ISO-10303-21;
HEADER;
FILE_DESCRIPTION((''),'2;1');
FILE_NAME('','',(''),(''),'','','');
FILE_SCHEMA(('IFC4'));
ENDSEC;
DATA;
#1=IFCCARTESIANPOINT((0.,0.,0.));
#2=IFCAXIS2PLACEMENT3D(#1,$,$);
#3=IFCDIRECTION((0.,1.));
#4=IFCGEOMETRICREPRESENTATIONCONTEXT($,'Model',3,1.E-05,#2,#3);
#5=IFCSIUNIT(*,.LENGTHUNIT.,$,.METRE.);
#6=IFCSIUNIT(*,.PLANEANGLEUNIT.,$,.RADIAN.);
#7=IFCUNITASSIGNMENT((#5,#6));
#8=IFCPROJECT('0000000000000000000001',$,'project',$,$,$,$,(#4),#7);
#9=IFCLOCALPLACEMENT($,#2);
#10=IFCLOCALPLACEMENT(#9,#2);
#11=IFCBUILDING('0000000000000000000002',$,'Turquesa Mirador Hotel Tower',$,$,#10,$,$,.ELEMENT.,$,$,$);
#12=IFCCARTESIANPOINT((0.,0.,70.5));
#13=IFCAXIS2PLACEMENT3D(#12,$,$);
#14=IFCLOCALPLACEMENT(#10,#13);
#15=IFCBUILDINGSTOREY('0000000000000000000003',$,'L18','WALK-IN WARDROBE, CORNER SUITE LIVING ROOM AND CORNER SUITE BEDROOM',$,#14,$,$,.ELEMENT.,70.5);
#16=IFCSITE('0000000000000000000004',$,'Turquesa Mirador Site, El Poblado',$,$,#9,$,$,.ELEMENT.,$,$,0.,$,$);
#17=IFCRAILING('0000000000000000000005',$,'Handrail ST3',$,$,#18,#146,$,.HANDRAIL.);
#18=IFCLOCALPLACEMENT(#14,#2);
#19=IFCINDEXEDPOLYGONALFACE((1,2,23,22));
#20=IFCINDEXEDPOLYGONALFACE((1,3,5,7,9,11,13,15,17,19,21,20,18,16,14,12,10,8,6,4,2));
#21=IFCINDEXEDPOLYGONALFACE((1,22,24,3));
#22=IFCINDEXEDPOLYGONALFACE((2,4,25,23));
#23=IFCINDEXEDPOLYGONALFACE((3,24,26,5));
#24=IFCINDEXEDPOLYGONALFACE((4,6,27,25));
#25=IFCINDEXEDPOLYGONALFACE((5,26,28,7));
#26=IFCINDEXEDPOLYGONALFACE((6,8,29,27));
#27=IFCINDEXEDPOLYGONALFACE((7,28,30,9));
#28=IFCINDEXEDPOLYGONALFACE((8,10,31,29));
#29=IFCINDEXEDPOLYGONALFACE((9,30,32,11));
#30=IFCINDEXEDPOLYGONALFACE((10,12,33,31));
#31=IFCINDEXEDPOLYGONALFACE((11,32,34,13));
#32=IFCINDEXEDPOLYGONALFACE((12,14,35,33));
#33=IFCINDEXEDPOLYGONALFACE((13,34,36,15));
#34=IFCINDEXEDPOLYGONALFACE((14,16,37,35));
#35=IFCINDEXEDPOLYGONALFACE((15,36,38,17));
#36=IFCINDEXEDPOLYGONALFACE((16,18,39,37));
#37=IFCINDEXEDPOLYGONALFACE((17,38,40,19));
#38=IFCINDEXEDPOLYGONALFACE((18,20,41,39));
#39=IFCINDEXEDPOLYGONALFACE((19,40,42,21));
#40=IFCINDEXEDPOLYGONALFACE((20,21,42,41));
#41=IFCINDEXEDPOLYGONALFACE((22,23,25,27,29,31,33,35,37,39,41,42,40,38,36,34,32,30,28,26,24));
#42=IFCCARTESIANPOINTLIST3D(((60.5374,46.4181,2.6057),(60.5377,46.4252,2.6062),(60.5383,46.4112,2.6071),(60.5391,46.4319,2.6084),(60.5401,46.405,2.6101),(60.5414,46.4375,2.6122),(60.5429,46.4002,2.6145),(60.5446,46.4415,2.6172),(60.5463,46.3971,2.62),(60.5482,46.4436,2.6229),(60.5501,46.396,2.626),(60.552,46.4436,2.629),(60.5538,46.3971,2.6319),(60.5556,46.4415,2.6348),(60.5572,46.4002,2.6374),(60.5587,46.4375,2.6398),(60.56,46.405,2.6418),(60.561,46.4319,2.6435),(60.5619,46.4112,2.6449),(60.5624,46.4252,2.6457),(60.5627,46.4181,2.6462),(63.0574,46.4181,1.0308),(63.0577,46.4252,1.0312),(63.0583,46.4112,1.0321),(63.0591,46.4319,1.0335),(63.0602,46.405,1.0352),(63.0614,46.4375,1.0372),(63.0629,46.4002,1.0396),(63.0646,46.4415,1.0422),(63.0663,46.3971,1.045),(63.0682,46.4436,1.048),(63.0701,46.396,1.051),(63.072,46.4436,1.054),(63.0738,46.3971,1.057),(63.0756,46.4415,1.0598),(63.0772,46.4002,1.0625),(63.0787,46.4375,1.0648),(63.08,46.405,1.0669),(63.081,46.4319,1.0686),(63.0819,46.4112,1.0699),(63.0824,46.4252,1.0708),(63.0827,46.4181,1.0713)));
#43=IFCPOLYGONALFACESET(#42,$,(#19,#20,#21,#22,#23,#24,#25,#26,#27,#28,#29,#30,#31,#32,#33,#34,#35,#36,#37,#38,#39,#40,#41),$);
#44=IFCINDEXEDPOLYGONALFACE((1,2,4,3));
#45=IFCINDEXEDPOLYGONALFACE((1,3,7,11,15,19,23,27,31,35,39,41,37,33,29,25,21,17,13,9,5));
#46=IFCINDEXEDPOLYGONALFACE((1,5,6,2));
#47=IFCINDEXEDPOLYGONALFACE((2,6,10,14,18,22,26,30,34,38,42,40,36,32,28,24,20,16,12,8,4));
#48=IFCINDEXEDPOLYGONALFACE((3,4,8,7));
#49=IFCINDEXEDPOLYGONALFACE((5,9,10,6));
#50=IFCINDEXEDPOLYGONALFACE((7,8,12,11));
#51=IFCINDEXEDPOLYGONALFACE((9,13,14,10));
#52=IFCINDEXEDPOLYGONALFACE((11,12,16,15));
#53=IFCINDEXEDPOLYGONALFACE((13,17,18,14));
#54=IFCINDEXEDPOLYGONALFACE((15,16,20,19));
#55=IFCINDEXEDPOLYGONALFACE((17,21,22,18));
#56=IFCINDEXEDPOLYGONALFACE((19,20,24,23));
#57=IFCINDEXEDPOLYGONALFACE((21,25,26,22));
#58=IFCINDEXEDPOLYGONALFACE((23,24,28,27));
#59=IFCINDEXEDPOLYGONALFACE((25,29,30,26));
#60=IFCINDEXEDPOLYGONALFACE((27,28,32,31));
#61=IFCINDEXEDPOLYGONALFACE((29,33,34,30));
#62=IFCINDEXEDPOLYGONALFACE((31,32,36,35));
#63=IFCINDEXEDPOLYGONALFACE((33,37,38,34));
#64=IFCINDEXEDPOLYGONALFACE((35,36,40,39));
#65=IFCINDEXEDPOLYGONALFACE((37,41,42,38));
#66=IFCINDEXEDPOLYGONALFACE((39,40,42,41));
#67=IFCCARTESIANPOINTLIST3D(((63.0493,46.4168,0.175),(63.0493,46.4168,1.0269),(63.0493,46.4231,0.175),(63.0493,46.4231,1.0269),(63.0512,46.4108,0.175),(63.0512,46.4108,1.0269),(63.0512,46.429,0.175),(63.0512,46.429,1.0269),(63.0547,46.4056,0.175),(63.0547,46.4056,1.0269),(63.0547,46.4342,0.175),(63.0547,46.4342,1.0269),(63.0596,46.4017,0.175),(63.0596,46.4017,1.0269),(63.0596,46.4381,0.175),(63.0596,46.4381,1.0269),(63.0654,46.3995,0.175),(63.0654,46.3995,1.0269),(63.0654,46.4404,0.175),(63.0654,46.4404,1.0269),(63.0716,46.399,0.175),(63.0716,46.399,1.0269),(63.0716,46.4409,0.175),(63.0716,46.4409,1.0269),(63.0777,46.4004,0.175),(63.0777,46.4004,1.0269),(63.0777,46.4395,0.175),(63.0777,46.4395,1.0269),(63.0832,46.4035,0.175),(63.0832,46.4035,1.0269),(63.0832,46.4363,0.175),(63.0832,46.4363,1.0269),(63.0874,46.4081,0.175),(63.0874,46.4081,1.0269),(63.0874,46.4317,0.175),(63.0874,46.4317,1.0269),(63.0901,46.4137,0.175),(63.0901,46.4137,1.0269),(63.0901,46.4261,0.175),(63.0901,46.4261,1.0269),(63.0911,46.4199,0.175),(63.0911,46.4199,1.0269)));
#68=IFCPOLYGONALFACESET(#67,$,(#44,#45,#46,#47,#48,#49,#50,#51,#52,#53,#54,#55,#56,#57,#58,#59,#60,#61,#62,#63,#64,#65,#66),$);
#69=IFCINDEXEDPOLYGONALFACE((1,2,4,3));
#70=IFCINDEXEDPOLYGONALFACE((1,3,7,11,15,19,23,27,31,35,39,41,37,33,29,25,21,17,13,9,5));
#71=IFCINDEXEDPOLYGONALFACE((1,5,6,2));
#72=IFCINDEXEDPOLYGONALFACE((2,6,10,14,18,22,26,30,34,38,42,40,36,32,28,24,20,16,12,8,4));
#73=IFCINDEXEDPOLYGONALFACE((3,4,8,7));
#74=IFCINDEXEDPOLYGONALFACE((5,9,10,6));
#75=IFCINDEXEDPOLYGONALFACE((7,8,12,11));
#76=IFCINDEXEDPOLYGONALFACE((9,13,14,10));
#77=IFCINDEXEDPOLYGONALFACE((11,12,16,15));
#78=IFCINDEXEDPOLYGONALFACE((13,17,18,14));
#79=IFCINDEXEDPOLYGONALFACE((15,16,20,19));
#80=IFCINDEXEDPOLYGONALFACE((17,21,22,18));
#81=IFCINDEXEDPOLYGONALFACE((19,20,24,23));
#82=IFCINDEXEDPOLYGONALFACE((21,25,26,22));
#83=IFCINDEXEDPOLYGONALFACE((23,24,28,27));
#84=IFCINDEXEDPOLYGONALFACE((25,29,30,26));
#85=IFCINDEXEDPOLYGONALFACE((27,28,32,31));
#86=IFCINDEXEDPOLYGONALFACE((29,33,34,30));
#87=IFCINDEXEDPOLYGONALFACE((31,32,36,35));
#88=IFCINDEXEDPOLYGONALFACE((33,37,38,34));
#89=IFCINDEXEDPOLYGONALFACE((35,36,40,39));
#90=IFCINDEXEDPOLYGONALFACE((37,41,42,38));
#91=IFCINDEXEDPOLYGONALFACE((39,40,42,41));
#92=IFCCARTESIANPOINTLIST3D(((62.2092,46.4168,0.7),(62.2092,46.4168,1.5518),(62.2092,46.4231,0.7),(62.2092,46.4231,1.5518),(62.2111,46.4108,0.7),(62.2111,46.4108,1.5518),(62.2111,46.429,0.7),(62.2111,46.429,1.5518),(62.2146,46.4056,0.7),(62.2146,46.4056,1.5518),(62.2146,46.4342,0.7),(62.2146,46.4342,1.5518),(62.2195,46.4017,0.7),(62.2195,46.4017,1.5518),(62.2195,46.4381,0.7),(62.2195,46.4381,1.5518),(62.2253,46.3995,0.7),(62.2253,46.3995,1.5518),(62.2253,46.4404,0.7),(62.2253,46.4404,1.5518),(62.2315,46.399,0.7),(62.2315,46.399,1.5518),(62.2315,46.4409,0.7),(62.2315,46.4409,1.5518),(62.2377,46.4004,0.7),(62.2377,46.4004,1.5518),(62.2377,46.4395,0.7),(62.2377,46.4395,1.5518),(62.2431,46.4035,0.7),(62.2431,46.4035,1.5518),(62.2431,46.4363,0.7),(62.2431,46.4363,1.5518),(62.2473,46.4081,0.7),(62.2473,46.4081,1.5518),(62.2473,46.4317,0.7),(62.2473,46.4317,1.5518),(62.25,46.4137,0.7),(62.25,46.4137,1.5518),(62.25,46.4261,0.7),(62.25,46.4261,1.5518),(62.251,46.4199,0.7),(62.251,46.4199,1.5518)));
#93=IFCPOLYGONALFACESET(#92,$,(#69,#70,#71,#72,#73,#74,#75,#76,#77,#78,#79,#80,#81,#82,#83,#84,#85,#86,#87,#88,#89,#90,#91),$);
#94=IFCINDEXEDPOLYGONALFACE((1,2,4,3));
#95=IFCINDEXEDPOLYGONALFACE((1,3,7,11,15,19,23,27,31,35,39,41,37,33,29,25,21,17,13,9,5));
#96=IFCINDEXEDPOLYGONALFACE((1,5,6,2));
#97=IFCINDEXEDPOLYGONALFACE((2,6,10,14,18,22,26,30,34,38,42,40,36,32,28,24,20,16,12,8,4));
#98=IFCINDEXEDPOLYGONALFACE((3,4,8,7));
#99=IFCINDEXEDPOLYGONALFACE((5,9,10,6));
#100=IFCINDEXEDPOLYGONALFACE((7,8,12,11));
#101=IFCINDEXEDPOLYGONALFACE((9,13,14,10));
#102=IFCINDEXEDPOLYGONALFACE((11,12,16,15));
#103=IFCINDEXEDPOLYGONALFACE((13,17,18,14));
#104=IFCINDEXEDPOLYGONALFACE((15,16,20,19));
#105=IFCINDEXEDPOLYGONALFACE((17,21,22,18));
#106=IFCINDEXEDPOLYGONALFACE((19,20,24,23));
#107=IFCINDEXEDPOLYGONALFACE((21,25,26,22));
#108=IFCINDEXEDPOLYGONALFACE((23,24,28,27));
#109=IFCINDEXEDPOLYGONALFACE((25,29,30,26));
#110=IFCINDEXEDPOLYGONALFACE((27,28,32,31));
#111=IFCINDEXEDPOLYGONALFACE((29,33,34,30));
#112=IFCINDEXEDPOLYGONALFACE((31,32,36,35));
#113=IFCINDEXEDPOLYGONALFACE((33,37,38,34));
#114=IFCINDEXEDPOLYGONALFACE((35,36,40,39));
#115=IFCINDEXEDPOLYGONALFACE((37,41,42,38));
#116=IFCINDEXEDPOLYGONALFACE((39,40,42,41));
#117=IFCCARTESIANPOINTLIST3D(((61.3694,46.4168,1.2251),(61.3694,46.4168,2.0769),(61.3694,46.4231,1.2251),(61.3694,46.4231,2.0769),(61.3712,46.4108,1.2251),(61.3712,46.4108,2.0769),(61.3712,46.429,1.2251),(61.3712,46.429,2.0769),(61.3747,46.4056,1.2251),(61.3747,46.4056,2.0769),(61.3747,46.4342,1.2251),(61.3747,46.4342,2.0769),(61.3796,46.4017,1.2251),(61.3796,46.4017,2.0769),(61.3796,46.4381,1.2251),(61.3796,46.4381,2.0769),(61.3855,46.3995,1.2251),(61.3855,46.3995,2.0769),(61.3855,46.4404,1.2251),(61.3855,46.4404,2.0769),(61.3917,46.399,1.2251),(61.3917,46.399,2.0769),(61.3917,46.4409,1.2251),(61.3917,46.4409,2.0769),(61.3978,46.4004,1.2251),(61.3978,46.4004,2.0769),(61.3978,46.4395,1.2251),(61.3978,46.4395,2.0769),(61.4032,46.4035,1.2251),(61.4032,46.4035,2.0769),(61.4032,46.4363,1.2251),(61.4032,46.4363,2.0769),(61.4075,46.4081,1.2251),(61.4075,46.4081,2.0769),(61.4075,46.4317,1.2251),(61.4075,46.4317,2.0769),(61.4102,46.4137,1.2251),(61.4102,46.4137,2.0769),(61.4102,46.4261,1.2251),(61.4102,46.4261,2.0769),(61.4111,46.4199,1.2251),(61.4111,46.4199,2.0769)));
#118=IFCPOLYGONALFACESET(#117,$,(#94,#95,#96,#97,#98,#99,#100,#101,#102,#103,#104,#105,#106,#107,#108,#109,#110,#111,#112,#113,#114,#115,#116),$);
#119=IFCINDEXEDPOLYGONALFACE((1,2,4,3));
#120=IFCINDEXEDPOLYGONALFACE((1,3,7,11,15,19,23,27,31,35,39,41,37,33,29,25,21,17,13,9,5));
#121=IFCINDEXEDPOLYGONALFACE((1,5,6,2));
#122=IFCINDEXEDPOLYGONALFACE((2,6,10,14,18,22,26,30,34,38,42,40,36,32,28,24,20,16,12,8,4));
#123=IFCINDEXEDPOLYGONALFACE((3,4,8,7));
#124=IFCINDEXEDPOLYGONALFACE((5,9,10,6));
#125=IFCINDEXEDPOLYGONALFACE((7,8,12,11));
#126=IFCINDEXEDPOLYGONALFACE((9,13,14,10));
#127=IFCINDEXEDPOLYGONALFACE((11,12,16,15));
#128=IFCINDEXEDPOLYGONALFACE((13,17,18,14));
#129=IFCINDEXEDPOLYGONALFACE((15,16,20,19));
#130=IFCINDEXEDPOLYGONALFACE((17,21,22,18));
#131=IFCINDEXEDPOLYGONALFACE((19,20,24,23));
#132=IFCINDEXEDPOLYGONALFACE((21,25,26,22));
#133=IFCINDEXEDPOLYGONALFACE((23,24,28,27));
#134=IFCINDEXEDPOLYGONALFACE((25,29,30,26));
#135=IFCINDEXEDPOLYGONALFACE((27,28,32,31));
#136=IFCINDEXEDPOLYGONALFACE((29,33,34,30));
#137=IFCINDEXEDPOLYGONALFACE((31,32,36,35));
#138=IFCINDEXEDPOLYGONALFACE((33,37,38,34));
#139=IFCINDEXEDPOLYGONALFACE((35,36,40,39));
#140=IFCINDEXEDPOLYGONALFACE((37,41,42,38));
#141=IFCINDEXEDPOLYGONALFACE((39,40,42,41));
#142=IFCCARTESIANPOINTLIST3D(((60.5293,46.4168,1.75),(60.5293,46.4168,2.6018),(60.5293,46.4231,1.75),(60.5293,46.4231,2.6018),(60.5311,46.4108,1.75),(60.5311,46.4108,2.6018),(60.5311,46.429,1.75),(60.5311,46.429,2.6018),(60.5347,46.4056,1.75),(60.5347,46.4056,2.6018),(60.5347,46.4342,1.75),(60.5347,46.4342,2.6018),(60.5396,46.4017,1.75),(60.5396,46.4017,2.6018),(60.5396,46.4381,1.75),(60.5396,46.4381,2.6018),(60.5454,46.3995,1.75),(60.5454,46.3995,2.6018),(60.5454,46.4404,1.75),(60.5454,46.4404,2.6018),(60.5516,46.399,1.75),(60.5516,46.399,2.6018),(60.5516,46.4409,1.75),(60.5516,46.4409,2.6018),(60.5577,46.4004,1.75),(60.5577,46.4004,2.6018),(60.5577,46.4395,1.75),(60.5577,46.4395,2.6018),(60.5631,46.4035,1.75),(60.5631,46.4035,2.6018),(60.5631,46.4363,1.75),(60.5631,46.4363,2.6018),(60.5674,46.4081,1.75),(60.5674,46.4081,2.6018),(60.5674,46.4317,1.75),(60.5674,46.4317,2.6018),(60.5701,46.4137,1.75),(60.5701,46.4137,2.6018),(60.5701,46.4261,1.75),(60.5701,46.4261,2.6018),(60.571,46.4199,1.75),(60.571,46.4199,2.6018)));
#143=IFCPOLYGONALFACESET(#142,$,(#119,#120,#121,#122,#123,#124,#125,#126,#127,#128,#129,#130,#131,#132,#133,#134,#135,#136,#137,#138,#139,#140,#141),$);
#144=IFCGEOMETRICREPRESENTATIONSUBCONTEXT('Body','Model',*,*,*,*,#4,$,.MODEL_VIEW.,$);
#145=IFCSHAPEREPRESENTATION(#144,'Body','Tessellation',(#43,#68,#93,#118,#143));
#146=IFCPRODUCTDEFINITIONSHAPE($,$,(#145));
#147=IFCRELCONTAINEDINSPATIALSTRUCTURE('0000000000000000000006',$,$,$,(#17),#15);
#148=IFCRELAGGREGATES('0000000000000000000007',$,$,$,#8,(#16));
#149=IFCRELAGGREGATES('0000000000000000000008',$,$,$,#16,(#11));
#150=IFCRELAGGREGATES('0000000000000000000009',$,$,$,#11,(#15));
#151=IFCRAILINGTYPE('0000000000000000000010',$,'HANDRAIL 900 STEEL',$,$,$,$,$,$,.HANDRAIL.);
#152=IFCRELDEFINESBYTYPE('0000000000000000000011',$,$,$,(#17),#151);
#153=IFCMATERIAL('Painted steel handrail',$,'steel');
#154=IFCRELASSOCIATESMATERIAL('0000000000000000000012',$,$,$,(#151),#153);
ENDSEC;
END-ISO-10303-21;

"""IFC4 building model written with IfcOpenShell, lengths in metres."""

from ifc_helpers import new_model, si_unit, direction, frame, origin, origin_2d, place, context, subcontext, project, spatial, circle, extrude, material, type_object, element, save


model = new_model("IFC4")

# Units and contexts
model_context = context("Model", 3, precision=1e-05, world=origin(), true_north=direction((0.0, 1.0)))
body_context = subcontext(model_context, "Body", "Model", "MODEL_VIEW")
ifc_project = project(units=[si_unit("LENGTHUNIT", "METRE"), si_unit("PLANEANGLEUNIT", "RADIAN")], contexts=[model_context])

# Site, building, storey
site_placement = place(None, origin())
site = spatial("IfcSite", under=ifc_project, at=site_placement, Name="Turquesa Mirador Site, El Poblado", CompositionType="ELEMENT", RefElevation=0.0)
building_placement = place(site_placement, origin())
building = spatial("IfcBuilding", under=site, at=building_placement, Name="Turquesa Mirador Hotel Tower", CompositionType="ELEMENT")
storey_placement = place(building_placement, frame((0.0, 0.0, 70.5)))
storey = spatial("IfcBuildingStorey", under=building, at=storey_placement, Name="L18", Description="WALK-IN WARDROBE, CORNER SUITE LIVING ROOM AND CORNER SUITE BEDROOM", CompositionType="ELEMENT", Elevation=70.5)

# Railing
ifc_material_1 = material(Name="Painted steel handrail", Category="steel")
railing_type = type_object("IfcRailingType", Name="HANDRAIL 900 STEEL", PredefinedType="HANDRAIL", material=ifc_material_1)
railing_1_placement = place(storey_placement, frame((63.0701, 46.4199, 0.175)))
element("IfcRailing", 1, at=railing_1_placement, inside=storey, type_object=railing_type, Name="Handrail ST3", PredefinedType="HANDRAIL", context=body_context, shape_type="SweptSolid", body=[
    extrude(circle(Radius=0.0239, at=origin_2d()), frame((0.0, 0.0, 0.876), z_axis=(-0.848008, 0.0, 0.529984), x_axis=(0.0, -1.0, 0.0)), (0.0, 0.0, 1.0), 2.9717),
    extrude(circle(Radius=0.021, at=origin_2d()), origin(), (0.0, 0.0, 1.0), 0.8518),
    extrude(circle(Radius=0.021, at=origin_2d()), frame((-0.8401, 0.0, 0.5249)), (0.0, 0.0, 1.0), 0.8518),
    extrude(circle(Radius=0.021, at=origin_2d()), frame((-1.6799, 0.0, 1.05)), (0.0, 0.0, 1.0), 0.8518),
    extrude(circle(Radius=0.021, at=origin_2d()), frame((-2.52, 0.0, 1.575)), (0.0, 0.0, 1.0), 0.8518),
])

save(model, "model.ifc")
